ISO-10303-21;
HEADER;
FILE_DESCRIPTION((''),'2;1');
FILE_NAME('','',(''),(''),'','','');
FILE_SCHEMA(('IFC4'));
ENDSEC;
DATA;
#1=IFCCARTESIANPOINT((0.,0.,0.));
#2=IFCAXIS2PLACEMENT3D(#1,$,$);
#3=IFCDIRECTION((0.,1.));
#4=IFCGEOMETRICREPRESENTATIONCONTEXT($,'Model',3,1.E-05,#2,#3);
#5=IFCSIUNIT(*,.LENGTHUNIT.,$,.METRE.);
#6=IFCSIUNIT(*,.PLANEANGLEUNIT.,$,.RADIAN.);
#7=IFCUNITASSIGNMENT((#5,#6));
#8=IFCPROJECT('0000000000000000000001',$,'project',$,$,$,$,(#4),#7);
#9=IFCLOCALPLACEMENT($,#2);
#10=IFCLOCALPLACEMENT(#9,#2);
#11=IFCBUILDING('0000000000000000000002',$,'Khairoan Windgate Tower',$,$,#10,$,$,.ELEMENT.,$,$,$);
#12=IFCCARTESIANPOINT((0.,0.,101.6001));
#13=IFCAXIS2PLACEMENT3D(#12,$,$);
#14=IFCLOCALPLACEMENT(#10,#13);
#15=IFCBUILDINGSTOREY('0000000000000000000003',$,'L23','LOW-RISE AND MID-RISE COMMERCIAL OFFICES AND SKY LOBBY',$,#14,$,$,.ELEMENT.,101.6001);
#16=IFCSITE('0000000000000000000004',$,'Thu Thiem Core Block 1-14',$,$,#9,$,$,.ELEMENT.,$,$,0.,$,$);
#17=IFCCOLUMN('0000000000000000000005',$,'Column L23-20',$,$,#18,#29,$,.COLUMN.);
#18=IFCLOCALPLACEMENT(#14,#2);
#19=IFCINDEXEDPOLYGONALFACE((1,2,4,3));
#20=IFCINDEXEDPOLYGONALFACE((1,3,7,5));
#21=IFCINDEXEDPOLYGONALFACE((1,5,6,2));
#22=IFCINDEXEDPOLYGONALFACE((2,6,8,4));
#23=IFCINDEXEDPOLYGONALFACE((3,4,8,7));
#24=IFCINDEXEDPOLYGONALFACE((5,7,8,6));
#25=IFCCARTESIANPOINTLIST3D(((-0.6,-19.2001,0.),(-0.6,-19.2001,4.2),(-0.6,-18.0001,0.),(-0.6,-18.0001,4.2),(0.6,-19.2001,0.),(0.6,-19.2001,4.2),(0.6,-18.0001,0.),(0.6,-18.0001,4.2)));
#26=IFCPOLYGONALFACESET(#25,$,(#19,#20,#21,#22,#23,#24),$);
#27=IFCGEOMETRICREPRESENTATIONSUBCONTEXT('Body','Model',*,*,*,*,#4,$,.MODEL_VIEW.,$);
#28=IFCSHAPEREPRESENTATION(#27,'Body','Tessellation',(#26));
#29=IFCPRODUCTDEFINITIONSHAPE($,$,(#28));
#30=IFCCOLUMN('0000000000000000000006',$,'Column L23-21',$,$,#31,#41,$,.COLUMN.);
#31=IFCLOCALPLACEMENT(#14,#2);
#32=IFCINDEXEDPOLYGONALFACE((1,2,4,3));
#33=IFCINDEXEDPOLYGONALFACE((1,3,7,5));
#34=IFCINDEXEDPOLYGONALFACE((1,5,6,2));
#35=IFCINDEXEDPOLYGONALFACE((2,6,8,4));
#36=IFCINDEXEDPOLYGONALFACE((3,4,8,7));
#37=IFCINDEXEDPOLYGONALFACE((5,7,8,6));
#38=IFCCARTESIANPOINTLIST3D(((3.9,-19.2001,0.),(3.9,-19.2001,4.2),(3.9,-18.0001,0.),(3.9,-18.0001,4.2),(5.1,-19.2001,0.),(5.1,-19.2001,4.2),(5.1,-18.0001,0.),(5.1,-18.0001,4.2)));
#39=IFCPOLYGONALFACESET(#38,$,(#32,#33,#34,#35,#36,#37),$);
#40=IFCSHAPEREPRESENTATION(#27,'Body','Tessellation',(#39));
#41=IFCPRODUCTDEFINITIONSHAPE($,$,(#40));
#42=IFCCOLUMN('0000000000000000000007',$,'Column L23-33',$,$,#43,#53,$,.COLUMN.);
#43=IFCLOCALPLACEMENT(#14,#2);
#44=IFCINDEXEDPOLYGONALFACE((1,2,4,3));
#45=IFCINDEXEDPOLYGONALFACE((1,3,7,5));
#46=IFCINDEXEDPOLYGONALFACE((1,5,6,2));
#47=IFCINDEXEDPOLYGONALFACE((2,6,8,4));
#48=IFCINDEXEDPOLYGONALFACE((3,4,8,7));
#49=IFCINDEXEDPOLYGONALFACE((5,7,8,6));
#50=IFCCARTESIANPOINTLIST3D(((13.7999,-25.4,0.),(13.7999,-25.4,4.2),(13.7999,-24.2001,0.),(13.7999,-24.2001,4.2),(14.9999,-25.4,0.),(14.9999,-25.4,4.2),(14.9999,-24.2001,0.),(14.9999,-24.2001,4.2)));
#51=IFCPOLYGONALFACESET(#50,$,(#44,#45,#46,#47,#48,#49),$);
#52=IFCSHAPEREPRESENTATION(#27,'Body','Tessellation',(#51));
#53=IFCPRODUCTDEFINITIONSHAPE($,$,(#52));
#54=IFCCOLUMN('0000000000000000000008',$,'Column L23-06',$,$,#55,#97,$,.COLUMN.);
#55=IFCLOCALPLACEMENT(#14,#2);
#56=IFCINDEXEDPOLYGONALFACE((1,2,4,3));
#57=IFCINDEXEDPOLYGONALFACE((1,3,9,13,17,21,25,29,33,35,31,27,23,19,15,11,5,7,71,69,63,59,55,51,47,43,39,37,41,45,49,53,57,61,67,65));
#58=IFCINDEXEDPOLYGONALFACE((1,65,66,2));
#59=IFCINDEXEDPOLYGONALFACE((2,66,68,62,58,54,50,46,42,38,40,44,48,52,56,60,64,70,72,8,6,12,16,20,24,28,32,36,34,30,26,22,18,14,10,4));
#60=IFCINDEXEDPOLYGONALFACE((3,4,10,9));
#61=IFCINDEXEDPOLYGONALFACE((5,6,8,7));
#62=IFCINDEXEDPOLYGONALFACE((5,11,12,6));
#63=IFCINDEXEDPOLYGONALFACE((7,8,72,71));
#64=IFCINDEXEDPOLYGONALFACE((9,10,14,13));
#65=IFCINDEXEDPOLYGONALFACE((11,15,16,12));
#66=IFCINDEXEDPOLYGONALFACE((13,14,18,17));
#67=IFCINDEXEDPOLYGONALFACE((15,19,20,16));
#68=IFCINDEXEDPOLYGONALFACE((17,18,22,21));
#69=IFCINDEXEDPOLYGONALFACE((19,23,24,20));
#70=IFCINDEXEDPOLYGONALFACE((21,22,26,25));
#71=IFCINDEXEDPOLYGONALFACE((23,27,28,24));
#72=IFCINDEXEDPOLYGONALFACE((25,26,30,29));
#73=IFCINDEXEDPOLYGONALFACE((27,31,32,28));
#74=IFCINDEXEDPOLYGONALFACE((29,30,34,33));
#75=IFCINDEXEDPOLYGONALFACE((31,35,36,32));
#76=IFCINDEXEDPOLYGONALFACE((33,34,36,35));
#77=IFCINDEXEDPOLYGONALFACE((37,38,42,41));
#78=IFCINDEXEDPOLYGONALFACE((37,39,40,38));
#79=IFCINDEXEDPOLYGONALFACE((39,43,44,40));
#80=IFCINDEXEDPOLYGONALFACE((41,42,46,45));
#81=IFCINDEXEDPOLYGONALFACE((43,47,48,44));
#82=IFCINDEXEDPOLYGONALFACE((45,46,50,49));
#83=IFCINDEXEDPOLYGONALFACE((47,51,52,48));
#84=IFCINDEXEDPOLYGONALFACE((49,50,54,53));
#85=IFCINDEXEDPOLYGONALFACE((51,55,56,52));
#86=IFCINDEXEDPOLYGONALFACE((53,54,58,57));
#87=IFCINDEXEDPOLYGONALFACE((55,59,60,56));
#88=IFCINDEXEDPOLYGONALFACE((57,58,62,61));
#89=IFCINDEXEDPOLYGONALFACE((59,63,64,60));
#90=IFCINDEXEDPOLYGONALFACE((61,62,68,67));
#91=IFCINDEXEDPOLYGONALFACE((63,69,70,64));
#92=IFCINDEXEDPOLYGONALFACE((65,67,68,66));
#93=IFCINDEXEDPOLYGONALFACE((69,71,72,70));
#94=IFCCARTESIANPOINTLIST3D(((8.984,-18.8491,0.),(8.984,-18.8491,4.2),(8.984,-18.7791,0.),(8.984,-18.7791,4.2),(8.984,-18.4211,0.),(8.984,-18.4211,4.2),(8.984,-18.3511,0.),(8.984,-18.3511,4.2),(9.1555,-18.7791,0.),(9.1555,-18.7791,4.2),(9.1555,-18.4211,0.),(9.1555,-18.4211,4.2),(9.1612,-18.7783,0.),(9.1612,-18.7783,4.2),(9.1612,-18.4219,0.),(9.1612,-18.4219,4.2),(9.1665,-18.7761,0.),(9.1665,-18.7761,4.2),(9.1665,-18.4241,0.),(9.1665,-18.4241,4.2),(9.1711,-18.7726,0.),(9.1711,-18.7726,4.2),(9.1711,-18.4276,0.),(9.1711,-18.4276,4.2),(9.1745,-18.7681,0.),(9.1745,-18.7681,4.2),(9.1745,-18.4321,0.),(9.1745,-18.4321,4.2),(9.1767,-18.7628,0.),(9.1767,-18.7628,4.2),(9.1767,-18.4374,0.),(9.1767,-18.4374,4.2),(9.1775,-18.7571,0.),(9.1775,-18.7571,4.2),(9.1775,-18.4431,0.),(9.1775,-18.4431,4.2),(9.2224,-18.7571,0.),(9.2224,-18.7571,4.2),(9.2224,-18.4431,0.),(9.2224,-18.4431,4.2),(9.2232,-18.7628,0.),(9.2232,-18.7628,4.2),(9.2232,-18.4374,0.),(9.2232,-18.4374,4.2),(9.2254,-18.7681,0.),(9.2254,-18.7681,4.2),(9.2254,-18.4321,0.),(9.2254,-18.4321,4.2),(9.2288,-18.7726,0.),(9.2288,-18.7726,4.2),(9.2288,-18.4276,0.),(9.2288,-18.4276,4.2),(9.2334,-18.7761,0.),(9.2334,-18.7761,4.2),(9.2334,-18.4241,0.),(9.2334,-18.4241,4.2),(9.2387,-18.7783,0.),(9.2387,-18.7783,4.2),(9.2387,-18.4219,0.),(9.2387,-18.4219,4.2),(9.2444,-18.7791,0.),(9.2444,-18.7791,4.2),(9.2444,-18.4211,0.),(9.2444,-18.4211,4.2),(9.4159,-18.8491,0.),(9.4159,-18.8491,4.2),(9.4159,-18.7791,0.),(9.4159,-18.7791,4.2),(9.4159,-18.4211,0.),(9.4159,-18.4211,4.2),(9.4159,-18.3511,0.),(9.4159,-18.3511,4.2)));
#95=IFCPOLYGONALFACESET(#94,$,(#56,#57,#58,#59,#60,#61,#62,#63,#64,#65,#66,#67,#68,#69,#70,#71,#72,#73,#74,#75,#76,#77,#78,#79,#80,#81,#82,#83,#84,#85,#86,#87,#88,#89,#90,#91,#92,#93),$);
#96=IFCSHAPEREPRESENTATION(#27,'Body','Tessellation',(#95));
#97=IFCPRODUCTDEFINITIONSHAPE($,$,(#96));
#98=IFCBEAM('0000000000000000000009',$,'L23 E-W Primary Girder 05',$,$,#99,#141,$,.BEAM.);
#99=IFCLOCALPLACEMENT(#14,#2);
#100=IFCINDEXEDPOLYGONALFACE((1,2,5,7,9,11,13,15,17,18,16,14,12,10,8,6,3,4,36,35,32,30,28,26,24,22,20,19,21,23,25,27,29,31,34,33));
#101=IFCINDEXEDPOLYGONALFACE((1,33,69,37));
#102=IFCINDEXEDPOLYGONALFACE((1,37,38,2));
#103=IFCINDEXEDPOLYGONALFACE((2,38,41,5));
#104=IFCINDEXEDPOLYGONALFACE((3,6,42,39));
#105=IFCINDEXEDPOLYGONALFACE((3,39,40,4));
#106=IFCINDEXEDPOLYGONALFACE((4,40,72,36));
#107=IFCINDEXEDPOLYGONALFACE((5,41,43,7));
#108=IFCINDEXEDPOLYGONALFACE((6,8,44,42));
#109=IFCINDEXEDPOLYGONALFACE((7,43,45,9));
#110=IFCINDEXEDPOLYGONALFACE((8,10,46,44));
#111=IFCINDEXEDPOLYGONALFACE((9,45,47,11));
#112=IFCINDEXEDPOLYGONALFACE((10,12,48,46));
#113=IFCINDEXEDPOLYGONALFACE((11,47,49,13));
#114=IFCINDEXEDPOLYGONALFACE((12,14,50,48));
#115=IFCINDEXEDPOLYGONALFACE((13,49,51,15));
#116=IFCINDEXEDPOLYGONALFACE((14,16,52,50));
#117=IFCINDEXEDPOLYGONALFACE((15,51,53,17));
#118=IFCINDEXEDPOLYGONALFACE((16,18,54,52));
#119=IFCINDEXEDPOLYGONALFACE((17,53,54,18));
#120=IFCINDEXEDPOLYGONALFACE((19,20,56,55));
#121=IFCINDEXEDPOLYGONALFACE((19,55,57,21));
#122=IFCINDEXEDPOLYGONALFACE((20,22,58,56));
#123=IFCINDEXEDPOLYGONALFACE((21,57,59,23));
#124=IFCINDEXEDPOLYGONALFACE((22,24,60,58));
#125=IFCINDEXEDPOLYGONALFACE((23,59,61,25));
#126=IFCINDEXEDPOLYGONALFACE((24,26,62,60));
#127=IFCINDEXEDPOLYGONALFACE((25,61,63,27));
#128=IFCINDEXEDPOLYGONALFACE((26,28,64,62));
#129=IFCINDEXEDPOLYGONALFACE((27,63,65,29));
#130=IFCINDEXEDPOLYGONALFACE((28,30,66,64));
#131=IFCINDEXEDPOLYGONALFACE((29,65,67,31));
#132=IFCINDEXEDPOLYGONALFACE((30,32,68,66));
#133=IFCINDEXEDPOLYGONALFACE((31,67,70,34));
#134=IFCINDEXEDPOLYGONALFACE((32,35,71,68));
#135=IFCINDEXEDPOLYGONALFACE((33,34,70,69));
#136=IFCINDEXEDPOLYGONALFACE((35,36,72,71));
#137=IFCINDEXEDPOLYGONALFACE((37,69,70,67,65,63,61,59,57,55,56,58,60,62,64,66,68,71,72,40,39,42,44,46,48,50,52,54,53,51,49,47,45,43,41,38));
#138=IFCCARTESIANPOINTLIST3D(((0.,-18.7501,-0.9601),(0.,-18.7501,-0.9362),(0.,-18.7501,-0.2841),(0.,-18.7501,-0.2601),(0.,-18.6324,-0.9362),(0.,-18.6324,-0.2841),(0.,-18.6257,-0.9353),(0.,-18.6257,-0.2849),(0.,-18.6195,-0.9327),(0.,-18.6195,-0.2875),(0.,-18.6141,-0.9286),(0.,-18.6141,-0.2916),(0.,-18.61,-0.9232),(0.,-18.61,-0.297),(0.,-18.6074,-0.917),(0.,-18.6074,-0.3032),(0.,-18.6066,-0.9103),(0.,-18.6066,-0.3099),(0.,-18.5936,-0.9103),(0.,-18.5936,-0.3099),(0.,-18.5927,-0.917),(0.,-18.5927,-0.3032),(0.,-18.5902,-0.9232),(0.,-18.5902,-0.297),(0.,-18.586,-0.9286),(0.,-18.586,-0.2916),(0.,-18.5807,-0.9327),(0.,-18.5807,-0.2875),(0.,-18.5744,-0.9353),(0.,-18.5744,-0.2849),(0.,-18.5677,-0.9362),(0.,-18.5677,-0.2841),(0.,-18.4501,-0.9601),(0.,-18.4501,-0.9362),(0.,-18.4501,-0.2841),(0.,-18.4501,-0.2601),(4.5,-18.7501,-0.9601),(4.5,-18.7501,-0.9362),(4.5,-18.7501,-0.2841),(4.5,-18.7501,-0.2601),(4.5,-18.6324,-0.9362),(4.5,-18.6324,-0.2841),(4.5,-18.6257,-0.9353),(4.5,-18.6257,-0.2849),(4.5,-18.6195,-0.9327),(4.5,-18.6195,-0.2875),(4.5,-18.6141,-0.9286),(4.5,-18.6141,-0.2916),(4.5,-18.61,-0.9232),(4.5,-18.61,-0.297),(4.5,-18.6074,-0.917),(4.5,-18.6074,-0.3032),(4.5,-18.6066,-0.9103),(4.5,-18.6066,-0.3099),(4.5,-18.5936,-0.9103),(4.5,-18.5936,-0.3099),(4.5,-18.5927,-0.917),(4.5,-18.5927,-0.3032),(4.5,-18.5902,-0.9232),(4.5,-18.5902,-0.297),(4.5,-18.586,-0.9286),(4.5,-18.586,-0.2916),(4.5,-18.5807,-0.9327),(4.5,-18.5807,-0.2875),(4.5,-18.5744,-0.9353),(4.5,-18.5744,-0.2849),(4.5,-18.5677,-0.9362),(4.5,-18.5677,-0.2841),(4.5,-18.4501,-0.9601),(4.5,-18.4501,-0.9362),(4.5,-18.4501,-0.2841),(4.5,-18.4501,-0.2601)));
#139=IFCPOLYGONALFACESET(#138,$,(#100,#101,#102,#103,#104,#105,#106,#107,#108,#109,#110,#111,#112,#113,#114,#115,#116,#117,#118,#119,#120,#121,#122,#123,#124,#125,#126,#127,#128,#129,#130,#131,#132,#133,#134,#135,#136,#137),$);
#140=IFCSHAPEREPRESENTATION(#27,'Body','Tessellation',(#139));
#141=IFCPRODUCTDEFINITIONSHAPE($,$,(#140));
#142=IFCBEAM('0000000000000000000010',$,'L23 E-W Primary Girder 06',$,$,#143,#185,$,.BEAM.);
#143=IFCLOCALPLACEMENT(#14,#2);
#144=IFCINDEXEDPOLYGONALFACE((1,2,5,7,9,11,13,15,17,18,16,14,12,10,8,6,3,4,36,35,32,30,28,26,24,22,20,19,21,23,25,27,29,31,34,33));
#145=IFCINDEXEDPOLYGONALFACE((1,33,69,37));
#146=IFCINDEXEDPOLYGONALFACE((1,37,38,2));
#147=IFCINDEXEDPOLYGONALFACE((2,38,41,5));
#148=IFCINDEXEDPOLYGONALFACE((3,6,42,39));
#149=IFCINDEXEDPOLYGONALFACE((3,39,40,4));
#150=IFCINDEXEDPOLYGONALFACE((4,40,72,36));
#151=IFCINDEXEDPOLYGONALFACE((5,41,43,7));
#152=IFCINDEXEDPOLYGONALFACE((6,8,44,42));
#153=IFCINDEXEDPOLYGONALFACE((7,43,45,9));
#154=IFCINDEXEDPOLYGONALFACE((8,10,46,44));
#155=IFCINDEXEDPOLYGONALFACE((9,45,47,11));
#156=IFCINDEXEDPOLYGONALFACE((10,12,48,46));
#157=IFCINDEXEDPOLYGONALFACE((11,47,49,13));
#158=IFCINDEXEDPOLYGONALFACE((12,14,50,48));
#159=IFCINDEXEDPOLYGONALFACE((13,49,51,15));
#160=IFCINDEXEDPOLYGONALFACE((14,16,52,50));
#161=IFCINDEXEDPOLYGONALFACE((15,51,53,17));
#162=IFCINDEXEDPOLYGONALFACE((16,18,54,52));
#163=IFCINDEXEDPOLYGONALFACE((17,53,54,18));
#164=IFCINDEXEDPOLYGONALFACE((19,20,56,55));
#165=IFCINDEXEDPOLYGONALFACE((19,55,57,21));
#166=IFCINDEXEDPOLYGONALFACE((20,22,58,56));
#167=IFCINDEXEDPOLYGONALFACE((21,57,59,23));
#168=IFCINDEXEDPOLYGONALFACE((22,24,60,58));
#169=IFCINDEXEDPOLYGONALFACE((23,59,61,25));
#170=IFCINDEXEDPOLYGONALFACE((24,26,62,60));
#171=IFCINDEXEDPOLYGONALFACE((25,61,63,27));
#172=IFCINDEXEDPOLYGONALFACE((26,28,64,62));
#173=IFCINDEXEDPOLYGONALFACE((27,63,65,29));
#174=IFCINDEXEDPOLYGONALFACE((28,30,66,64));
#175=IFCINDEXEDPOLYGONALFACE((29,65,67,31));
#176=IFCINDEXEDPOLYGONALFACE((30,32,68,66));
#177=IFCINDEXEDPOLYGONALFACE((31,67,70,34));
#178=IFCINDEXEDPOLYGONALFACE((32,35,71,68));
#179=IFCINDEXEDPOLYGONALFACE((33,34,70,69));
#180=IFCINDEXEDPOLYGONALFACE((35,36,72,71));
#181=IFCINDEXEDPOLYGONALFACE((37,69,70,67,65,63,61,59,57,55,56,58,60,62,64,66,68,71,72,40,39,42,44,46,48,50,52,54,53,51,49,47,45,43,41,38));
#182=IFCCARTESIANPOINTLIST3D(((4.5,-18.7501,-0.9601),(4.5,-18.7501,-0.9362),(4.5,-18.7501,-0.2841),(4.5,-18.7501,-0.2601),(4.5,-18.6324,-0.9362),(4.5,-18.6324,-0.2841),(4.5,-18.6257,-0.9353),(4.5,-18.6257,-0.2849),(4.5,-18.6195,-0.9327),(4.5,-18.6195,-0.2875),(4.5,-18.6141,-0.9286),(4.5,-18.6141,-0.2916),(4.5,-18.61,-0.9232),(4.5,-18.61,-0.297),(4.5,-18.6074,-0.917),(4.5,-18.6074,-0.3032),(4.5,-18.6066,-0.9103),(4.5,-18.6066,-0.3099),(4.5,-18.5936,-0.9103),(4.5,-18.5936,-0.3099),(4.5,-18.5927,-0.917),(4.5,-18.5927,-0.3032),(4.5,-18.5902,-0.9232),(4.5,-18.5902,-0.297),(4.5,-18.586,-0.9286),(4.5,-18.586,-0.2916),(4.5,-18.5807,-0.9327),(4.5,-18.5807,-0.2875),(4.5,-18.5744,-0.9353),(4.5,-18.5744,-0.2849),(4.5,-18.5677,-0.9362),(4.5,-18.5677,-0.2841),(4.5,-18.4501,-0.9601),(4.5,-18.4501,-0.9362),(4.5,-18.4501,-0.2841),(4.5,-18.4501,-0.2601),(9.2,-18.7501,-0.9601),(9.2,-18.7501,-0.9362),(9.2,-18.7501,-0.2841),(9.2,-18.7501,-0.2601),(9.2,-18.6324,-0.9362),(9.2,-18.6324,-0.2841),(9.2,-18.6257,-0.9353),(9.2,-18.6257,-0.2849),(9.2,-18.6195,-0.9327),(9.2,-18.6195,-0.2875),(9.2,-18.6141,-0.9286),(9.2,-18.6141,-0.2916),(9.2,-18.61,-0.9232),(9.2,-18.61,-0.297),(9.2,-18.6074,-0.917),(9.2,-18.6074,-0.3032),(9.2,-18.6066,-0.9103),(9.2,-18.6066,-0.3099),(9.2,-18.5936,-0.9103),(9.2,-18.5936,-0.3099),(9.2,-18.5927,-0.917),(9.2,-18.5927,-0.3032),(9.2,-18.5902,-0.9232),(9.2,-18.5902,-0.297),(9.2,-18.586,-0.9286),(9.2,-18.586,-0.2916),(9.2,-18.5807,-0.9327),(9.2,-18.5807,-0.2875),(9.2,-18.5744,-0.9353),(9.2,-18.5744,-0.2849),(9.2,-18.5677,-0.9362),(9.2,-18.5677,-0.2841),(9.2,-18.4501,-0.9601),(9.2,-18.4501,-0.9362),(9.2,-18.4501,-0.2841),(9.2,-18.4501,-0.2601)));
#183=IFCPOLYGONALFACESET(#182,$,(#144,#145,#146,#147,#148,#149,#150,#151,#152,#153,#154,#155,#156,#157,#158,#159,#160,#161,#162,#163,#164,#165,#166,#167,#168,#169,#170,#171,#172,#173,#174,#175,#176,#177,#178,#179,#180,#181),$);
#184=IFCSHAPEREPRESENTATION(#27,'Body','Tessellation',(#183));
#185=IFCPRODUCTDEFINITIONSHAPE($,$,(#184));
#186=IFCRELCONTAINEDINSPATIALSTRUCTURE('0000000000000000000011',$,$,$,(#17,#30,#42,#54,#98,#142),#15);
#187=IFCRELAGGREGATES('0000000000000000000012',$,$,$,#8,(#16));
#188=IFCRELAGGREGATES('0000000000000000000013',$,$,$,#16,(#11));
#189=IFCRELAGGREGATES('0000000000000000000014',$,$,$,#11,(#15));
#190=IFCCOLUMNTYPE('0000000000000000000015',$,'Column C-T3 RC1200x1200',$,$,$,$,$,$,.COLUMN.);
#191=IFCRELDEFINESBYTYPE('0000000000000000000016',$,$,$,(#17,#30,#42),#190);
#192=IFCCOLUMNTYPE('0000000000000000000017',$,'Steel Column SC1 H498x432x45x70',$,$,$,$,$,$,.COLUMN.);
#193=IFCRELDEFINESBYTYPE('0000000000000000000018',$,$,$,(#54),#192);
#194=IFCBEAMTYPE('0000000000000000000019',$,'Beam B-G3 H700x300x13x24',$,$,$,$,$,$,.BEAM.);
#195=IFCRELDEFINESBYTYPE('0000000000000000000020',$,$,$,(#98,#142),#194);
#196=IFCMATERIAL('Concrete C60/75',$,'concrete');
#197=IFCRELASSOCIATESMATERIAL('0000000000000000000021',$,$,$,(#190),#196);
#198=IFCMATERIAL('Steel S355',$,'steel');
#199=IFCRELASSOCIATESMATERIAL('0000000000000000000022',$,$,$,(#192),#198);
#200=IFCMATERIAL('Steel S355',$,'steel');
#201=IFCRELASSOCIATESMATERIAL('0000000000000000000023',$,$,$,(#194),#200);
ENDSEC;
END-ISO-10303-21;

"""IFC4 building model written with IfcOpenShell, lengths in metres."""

from ifc_helpers import new_model, si_unit, direction, frame, origin, origin_2d, place, context, subcontext, project, spatial, rectangle, i_section, extrude, material, material_profile, profile_set, type_object, element, save


model = new_model("IFC4")

# Units and contexts
model_context = context("Model", 3, precision=1e-05, world=origin(), true_north=direction((0.0, 1.0)))
body_context = subcontext(model_context, "Body", "Model", "MODEL_VIEW")
ifc_project = project(units=[si_unit("LENGTHUNIT", "METRE"), si_unit("PLANEANGLEUNIT", "RADIAN")], contexts=[model_context])

# Site, building, storey
site_placement = place(None, origin())
site = spatial("IfcSite", under=ifc_project, at=site_placement, Name="Thu Thiem Core Block 1-14", CompositionType="ELEMENT", RefElevation=0.0)
building_placement = place(site_placement, origin())
building = spatial("IfcBuilding", under=site, at=building_placement, Name="Khairoan Windgate Tower", CompositionType="ELEMENT")
storey_placement = place(building_placement, frame((0.0, 0.0, 101.6001)))
storey = spatial("IfcBuildingStorey", under=building, at=storey_placement, Name="L23", Description="LOW-RISE AND MID-RISE COMMERCIAL OFFICES AND SKY LOBBY", CompositionType="ELEMENT", Elevation=101.6001)

# Columns
ifc_material_1 = material(Name="Concrete C60/75", Category="concrete")
ifc_material_profile_1 = material_profile(ifc_material_1, rectangle(XDim=1.2, YDim=1.2, at=origin_2d()))
ifc_profile_set_1 = profile_set([ifc_material_profile_1], Name="Concrete C60/75")
column_type_1 = type_object("IfcColumnType", Name="Column C-T3 RC1200x1200", PredefinedType="COLUMN", material=ifc_profile_set_1)
for number, where, z_axis, x_axis, name in (
    (1, (0.0, -18.6001, 0.0), (0.0, 0.0, 1.0), (1.0, 0.0, 0.0), "Column L23-20"),
    (2, (4.5, -18.6001, 0.0), (0.0, 0.0, 1.0), (1.0, 0.0, 0.0), "Column L23-21"),
    (3, (14.3999, -24.8, 0.0), (0.0, 0.0, 1.0), (1.0, 0.0, 0.0), "Column L23-33"),
):
    element("IfcColumn", number, at=place(storey_placement, frame(where, z_axis=z_axis, x_axis=x_axis)), inside=storey, type_object=column_type_1, Name=name, PredefinedType="COLUMN", context=body_context, shape_type="SweptSolid", body=[
        extrude(rectangle(XDim=1.2, YDim=1.2, at=origin_2d()), origin(), (0.0, 0.0, 1.0), 4.2),
    ])
ifc_material_2 = material(Name="Steel S355", Category="steel")
ifc_material_profile_2 = material_profile(ifc_material_2, i_section(OverallWidth=0.4319, OverallDepth=0.498, WebThickness=0.0449, FlangeThickness=0.0701, FilletRadius=0.022, at=origin_2d()))
ifc_profile_set_2 = profile_set([ifc_material_profile_2], Name="Steel S355")
column_type_2 = type_object("IfcColumnType", Name="Steel Column SC1 H498x432x45x70", PredefinedType="COLUMN", material=ifc_profile_set_2)
column_placement = place(storey_placement, frame((9.2, -18.6001, 0.0), z_axis=(0.0, 0.0, 1.0), x_axis=(1.0, 0.0, 0.0)))
element("IfcColumn", 4, at=column_placement, inside=storey, type_object=column_type_2, Name="Column L23-06", PredefinedType="COLUMN", context=body_context, shape_type="SweptSolid", body=[
    extrude(i_section(OverallWidth=0.4319, OverallDepth=0.498, WebThickness=0.0449, FlangeThickness=0.0701, FilletRadius=0.022, at=origin_2d()), origin(), (0.0, 0.0, 1.0), 4.2),
])

# Beams
ifc_material_3 = material(Name="Steel S355", Category="steel")
ifc_material_profile_3 = material_profile(ifc_material_3, i_section(OverallWidth=0.3, OverallDepth=0.7, WebThickness=0.0129, FlangeThickness=0.0239, FilletRadius=0.0259, at=origin_2d()))
ifc_profile_set_3 = profile_set([ifc_material_profile_3], Name="Steel S355")
beam_type = type_object("IfcBeamType", Name="Beam B-G3 H700x300x13x24", PredefinedType="BEAM", material=ifc_profile_set_3)
beam_1_placement = place(storey_placement, frame((0.0, -18.6001, -0.6101), z_axis=(1.0, 0.0, 0.0), x_axis=(0.0, 1.0, 0.0)))
element("IfcBeam", 5, at=beam_1_placement, inside=storey, type_object=beam_type, Name="L23 E-W Primary Girder 05", PredefinedType="BEAM", context=body_context, shape_type="SweptSolid", body=[
    extrude(i_section(OverallWidth=0.3, OverallDepth=0.7, WebThickness=0.0129, FlangeThickness=0.0239, FilletRadius=0.0259, at=origin_2d()), origin(), (0.0, 0.0, 1.0), 4.5),
])
beam_2_placement = place(storey_placement, frame((4.5, -18.6001, -0.6101), z_axis=(1.0, 0.0, 0.0), x_axis=(0.0, 1.0, 0.0)))
element("IfcBeam", 6, at=beam_2_placement, inside=storey, type_object=beam_type, Name="L23 E-W Primary Girder 06", PredefinedType="BEAM", context=body_context, shape_type="SweptSolid", body=[
    extrude(i_section(OverallWidth=0.3, OverallDepth=0.7, WebThickness=0.0129, FlangeThickness=0.0239, FilletRadius=0.0259, at=origin_2d()), origin(), (0.0, 0.0, 1.0), 4.7),
])

save(model, "model.ifc")
